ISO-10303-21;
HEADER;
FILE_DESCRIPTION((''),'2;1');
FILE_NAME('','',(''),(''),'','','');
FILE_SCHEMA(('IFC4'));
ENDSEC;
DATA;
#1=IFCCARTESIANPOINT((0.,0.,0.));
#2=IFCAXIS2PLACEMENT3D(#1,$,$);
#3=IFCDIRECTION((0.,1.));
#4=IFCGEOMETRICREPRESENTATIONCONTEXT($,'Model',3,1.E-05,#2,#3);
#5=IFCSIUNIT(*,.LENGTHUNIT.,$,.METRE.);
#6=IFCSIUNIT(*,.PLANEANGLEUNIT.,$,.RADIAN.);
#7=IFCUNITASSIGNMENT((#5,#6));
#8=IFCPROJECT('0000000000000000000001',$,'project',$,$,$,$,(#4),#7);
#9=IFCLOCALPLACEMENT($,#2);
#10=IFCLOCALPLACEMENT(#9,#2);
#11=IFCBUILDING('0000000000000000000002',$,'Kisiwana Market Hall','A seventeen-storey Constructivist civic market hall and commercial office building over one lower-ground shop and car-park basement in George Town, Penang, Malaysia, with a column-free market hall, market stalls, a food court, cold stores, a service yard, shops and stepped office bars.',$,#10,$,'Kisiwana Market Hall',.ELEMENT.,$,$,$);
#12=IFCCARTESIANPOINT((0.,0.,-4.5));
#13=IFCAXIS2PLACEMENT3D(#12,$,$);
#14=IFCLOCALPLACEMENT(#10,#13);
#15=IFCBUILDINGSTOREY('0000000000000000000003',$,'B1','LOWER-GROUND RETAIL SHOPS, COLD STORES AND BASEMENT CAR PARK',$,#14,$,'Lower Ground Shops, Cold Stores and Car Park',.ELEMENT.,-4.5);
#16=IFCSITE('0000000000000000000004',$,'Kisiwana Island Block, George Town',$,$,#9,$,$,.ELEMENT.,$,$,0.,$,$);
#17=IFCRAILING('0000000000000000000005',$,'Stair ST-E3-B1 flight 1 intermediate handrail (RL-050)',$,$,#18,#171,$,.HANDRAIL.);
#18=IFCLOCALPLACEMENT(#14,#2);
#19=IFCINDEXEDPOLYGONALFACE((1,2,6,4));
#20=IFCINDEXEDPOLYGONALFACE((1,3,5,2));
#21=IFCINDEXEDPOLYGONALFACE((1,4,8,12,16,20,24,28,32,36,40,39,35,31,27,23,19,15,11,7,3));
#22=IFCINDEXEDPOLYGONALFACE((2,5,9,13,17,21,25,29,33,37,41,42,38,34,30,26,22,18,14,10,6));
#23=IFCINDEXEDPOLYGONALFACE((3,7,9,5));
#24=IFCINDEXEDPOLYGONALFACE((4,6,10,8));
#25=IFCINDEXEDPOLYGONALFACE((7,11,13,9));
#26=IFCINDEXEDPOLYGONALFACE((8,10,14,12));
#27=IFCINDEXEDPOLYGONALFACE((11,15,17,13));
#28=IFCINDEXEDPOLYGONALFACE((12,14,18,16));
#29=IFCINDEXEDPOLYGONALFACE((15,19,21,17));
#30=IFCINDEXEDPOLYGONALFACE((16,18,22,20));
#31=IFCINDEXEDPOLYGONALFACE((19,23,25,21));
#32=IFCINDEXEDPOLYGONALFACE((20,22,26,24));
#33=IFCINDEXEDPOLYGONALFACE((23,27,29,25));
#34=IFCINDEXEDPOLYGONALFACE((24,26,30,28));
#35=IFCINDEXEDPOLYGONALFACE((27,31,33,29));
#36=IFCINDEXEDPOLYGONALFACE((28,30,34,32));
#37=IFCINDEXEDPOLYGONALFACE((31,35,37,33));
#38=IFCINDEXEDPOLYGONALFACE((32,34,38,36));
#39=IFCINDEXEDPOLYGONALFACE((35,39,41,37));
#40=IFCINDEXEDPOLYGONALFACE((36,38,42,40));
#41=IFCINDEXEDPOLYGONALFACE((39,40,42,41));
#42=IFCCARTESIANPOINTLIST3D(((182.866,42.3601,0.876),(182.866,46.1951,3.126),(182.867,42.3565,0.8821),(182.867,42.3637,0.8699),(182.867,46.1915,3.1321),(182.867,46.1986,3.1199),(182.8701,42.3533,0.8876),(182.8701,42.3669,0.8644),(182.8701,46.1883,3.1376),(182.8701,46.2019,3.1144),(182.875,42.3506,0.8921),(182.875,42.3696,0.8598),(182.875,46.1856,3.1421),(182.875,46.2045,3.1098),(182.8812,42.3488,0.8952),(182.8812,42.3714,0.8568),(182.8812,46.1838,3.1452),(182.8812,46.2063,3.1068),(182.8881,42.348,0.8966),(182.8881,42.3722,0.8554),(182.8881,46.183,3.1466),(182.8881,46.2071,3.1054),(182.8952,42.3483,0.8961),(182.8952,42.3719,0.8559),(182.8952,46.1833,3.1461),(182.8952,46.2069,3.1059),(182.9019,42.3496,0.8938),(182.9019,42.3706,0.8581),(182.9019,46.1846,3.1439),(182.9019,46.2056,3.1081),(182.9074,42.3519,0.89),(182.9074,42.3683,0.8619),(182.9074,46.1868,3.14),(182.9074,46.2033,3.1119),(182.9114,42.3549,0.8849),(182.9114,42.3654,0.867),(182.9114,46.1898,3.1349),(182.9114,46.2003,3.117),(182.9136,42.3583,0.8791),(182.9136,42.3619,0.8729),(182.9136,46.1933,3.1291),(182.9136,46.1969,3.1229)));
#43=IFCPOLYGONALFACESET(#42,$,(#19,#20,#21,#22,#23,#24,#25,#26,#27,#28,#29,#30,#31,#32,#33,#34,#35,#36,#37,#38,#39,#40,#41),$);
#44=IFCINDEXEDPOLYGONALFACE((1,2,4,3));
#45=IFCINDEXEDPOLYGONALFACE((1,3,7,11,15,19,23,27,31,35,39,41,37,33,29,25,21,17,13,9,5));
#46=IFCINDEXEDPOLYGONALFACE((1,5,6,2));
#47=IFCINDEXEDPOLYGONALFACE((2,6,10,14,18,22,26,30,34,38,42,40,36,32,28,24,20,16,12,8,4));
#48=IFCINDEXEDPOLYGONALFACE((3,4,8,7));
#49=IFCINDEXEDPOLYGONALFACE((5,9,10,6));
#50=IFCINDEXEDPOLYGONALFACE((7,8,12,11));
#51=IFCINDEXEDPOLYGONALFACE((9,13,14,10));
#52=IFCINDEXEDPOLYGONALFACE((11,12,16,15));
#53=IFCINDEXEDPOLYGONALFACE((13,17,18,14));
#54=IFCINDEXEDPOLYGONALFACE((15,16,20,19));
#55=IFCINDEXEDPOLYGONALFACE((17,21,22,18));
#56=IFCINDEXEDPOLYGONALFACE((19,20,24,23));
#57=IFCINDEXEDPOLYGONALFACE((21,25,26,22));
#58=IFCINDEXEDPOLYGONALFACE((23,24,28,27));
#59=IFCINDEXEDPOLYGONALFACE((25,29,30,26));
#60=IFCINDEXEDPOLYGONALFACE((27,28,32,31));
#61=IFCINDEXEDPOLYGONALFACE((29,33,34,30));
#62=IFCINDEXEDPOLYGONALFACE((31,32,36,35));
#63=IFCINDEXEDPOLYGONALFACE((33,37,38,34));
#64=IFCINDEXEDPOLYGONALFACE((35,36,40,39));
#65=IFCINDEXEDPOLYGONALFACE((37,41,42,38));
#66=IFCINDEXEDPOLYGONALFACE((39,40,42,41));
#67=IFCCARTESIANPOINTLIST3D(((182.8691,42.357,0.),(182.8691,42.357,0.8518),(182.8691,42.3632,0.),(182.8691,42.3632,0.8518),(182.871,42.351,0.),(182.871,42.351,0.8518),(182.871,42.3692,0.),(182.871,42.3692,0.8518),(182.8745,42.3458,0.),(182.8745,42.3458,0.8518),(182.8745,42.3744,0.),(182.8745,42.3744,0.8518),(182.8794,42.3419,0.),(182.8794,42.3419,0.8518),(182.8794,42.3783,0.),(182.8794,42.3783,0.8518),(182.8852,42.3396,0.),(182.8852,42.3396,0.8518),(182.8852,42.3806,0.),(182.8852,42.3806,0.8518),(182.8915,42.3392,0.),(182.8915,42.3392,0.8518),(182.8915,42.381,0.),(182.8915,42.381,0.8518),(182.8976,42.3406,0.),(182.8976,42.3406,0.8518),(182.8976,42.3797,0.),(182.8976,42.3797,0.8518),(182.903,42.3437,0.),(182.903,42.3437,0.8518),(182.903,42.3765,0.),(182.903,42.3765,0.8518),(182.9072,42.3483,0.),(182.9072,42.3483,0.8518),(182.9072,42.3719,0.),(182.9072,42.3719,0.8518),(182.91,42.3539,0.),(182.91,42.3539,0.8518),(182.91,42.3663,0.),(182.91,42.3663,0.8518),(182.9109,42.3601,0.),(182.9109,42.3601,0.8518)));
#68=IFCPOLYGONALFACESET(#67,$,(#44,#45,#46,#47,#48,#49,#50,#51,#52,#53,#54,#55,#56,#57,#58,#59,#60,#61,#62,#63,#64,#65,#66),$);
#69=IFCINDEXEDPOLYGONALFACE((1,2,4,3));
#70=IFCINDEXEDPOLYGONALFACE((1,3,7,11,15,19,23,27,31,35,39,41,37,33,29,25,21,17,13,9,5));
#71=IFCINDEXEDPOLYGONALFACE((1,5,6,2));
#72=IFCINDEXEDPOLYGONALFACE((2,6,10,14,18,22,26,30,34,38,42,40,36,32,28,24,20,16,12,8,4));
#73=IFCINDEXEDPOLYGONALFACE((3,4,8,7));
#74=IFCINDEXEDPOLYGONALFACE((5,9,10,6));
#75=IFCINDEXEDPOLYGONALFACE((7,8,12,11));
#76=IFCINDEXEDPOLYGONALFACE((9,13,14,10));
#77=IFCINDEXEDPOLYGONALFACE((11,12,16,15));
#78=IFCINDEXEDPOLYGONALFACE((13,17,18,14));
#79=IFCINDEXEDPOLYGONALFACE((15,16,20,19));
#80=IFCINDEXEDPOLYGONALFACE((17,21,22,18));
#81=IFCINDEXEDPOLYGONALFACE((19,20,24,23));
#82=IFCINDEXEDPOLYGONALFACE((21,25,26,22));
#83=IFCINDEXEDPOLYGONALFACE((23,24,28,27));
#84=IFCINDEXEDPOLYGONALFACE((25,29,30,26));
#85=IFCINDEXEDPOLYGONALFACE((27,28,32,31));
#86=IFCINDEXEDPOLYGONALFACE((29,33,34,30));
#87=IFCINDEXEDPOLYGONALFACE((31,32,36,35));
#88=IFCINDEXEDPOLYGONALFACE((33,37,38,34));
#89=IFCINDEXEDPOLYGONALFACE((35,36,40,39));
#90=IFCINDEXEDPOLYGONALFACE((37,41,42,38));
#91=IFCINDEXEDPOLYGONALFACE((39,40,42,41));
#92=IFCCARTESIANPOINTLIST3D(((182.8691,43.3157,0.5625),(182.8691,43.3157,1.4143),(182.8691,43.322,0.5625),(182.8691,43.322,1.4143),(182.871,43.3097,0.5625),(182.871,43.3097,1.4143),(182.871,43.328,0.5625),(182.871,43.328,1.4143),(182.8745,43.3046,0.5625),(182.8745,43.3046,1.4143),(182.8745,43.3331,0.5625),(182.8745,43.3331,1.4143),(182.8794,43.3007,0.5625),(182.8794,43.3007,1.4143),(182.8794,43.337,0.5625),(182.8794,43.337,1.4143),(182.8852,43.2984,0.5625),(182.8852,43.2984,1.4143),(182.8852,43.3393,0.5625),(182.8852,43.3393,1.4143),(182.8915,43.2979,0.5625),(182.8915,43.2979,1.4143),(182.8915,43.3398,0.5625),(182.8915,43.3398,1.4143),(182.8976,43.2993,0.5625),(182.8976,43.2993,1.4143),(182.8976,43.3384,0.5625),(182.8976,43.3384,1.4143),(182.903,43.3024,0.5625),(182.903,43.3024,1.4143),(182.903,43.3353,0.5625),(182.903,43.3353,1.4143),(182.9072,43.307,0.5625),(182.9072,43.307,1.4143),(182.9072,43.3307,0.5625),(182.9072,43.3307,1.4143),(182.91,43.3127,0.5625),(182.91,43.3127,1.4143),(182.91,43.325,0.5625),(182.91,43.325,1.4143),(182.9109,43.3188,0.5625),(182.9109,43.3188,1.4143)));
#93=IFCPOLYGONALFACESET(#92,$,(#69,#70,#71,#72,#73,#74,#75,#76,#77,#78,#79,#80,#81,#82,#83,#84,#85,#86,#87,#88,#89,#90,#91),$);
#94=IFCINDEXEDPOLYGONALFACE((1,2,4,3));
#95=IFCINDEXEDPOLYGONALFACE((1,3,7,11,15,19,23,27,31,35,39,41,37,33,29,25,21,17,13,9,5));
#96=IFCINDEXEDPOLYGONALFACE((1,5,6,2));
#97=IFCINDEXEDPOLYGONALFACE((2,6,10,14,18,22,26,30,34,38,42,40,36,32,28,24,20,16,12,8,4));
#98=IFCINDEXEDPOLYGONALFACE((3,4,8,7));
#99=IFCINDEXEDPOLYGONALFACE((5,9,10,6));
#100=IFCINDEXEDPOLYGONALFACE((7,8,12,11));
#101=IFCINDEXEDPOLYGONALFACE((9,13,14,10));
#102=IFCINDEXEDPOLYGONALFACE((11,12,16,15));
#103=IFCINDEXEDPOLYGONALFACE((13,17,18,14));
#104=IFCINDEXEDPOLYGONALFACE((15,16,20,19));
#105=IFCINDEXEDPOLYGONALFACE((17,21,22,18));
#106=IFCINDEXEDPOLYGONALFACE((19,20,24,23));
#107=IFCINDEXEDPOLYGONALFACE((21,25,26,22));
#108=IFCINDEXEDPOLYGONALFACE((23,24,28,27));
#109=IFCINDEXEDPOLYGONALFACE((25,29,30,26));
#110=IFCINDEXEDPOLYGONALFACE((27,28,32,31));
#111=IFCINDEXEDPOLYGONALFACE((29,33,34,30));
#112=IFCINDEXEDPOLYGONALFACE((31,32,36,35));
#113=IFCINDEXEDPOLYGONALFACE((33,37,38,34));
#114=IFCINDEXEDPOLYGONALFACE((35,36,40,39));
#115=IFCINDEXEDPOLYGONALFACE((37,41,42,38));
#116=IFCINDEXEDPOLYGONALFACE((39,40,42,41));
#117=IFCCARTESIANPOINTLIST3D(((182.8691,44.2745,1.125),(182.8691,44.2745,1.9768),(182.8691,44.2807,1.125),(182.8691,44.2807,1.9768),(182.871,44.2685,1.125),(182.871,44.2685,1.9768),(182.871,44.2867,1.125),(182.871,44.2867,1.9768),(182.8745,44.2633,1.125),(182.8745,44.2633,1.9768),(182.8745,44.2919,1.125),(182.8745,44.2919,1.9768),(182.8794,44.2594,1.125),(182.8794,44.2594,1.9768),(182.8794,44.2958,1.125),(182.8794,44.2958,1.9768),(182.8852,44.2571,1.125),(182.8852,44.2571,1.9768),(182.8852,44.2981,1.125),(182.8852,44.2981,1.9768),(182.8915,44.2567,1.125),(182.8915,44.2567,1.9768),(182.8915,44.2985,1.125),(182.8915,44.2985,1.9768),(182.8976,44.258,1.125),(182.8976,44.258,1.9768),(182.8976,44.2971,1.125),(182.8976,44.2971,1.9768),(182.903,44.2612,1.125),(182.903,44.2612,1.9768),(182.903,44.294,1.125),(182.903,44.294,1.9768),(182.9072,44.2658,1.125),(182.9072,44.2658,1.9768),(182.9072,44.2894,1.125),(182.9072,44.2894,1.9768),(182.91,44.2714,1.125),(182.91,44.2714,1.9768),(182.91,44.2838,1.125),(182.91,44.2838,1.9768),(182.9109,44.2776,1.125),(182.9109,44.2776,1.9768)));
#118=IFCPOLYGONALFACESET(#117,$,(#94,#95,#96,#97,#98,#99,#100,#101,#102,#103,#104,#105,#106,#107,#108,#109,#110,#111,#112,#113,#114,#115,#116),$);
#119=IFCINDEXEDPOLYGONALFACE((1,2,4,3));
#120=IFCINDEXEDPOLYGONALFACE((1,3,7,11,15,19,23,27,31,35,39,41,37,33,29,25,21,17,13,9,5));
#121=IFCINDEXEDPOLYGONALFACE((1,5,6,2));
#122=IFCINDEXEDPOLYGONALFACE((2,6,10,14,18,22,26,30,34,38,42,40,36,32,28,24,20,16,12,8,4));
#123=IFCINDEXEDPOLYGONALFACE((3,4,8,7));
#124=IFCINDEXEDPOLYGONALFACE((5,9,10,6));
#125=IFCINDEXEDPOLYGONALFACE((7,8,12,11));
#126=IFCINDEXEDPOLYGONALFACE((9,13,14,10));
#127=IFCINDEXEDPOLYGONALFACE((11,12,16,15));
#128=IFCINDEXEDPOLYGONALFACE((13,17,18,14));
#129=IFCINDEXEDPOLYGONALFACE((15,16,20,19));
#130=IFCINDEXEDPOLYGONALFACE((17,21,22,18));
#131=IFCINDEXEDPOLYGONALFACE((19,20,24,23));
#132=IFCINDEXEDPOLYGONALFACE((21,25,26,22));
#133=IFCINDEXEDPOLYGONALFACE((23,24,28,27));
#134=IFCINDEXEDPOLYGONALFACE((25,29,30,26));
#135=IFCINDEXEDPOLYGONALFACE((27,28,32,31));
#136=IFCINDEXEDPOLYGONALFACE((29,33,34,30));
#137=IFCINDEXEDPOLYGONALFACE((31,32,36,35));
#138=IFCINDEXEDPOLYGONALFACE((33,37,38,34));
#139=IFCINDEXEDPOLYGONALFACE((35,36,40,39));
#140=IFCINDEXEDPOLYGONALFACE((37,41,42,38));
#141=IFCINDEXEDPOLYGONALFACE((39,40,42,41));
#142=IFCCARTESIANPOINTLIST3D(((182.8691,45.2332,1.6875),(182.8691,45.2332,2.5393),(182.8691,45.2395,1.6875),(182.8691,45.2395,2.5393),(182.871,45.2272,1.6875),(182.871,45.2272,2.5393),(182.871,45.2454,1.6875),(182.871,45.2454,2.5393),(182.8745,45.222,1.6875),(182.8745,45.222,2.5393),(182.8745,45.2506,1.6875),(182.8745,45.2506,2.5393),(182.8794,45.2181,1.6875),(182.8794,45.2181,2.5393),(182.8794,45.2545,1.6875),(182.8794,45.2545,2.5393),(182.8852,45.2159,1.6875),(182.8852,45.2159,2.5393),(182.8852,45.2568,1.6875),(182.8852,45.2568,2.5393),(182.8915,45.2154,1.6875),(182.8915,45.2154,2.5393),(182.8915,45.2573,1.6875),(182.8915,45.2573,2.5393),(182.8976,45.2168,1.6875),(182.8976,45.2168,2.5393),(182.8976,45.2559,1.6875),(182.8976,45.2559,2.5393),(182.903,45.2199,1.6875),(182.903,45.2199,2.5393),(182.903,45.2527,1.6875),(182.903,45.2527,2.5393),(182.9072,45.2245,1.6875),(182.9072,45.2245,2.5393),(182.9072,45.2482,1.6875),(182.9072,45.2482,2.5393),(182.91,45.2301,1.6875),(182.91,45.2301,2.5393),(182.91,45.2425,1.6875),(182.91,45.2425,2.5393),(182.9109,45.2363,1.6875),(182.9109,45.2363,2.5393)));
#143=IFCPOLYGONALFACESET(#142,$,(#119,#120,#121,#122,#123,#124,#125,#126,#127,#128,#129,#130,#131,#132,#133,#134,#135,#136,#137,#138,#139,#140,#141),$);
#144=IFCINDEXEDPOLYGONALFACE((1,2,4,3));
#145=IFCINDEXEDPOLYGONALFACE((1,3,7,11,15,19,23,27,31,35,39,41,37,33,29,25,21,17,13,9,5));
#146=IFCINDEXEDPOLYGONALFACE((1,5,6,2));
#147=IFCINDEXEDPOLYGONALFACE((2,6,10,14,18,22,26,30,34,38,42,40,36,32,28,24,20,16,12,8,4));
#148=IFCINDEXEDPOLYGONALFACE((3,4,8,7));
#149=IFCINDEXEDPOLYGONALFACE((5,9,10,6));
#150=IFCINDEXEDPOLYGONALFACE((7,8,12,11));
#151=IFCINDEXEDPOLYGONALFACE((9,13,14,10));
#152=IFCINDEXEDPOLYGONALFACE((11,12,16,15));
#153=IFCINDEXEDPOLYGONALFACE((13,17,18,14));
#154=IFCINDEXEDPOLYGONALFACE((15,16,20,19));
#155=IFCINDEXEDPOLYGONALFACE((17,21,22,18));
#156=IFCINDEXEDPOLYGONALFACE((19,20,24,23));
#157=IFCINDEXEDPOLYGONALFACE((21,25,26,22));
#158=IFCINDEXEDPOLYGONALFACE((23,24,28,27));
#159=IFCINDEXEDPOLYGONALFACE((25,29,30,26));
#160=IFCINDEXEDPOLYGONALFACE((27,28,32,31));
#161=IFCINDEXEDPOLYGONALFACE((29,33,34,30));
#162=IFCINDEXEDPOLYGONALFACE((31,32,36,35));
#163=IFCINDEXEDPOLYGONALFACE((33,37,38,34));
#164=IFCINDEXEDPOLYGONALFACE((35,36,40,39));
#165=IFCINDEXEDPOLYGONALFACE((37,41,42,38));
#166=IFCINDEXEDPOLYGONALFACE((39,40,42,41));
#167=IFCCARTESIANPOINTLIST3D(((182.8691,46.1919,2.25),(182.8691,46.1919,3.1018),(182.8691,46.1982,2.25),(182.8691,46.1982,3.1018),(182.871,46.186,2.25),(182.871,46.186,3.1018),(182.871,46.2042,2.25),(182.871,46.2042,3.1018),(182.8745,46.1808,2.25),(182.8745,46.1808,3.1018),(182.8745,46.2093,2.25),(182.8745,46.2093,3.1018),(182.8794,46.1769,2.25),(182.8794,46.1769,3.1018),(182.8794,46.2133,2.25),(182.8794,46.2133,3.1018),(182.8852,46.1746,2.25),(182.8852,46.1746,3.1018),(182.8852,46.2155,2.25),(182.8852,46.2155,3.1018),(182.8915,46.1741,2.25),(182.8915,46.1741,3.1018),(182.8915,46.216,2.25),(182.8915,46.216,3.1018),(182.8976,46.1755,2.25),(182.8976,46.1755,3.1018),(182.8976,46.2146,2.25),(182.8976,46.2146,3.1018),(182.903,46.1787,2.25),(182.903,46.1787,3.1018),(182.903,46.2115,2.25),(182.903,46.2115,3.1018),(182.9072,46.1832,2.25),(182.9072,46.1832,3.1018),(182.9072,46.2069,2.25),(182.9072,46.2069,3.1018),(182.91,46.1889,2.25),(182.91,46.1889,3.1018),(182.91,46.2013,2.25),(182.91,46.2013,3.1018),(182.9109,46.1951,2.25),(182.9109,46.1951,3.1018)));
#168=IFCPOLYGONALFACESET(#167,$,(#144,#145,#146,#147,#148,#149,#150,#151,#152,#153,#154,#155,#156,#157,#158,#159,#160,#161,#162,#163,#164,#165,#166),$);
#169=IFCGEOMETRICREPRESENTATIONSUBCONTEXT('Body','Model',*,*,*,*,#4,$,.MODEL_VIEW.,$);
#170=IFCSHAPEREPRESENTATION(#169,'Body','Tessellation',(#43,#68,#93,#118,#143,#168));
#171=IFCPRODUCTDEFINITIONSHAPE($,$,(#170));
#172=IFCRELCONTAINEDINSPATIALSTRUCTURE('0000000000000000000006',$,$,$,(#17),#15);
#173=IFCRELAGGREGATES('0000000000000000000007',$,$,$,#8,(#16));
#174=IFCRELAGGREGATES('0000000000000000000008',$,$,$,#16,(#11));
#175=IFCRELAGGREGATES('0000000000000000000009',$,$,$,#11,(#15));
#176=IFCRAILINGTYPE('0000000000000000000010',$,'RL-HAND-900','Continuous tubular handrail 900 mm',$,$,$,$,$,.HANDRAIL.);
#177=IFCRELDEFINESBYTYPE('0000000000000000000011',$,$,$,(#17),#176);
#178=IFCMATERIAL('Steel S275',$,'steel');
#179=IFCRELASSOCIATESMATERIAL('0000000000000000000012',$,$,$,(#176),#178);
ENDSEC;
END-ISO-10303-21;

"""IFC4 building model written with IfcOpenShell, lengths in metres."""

from ifc_helpers import new_model, si_unit, direction, frame, origin, origin_2d, place, context, subcontext, project, spatial, circle, extrude, material, type_object, element, save


model = new_model("IFC4")

# Units and contexts
model_context = context("Model", 3, precision=1e-05, world=origin(), true_north=direction((0.0, 1.0)))
body_context = subcontext(model_context, "Body", "Model", "MODEL_VIEW")
ifc_project = project(units=[si_unit("LENGTHUNIT", "METRE"), si_unit("PLANEANGLEUNIT", "RADIAN")], contexts=[model_context])

# Site, building, storey
site_placement = place(None, origin())
site = spatial("IfcSite", under=ifc_project, at=site_placement, Name="Kisiwana Island Block, George Town", CompositionType="ELEMENT", RefElevation=0.0)
building_placement = place(site_placement, origin())
building = spatial("IfcBuilding", under=site, at=building_placement, Name="Kisiwana Market Hall", Description="A seventeen-storey Constructivist civic market hall and commercial office building over one lower-ground shop and car-park basement in George Town, Penang, Malaysia, with a column-free market hall, market stalls, a food court, cold stores, a service yard, shops and stepped office bars.", LongName="Kisiwana Market Hall", CompositionType="ELEMENT")
storey_placement = place(building_placement, frame((0.0, 0.0, -4.5)))
storey = spatial("IfcBuildingStorey", under=building, at=storey_placement, Name="B1", Description="LOWER-GROUND RETAIL SHOPS, COLD STORES AND BASEMENT CAR PARK", LongName="Lower Ground Shops, Cold Stores and Car Park", CompositionType="ELEMENT", Elevation=-4.5)

# Railing
ifc_material_1 = material(Name="Steel S275", Category="steel")
railing_type_1 = type_object("IfcRailingType", Name="RL-HAND-900", Description="Continuous tubular handrail 900 mm", PredefinedType="HANDRAIL", material=ifc_material_1)
for number, where, name in (
    (1, (182.8899, 42.3601, 0.0), "Stair ST-E3-B1 flight 1 intermediate handrail (RL-050)"),
):
    element("IfcRailing", number, at=place(storey_placement, frame(where)), inside=storey, type_object=railing_type_1, Name=name, PredefinedType="HANDRAIL", context=body_context, shape_type="SweptSolid", body=[
        extrude(circle(Radius=0.0239, at=origin_2d()), frame((0.0, 0.0, 0.876), z_axis=(0.0, 0.86251, 0.506041), x_axis=(-1.0, 0.0, 0.0)), (0.0, 0.0, 1.0), 4.4463),
        extrude(circle(Radius=0.021, at=origin_2d()), origin(), (0.0, 0.0, 1.0), 0.8518),
        extrude(circle(Radius=0.021, at=origin_2d()), frame((0.0, 0.9587, 0.5625)), (0.0, 0.0, 1.0), 0.8518),
        extrude(circle(Radius=0.021, at=origin_2d()), frame((0.0, 1.9175, 1.125)), (0.0, 0.0, 1.0), 0.8518),
        extrude(circle(Radius=0.021, at=origin_2d()), frame((0.0, 2.8762, 1.6875)), (0.0, 0.0, 1.0), 0.8518),
        extrude(circle(Radius=0.021, at=origin_2d()), frame((0.0, 3.835, 2.25)), (0.0, 0.0, 1.0), 0.8518),
    ])

save(model, "model.ifc")
